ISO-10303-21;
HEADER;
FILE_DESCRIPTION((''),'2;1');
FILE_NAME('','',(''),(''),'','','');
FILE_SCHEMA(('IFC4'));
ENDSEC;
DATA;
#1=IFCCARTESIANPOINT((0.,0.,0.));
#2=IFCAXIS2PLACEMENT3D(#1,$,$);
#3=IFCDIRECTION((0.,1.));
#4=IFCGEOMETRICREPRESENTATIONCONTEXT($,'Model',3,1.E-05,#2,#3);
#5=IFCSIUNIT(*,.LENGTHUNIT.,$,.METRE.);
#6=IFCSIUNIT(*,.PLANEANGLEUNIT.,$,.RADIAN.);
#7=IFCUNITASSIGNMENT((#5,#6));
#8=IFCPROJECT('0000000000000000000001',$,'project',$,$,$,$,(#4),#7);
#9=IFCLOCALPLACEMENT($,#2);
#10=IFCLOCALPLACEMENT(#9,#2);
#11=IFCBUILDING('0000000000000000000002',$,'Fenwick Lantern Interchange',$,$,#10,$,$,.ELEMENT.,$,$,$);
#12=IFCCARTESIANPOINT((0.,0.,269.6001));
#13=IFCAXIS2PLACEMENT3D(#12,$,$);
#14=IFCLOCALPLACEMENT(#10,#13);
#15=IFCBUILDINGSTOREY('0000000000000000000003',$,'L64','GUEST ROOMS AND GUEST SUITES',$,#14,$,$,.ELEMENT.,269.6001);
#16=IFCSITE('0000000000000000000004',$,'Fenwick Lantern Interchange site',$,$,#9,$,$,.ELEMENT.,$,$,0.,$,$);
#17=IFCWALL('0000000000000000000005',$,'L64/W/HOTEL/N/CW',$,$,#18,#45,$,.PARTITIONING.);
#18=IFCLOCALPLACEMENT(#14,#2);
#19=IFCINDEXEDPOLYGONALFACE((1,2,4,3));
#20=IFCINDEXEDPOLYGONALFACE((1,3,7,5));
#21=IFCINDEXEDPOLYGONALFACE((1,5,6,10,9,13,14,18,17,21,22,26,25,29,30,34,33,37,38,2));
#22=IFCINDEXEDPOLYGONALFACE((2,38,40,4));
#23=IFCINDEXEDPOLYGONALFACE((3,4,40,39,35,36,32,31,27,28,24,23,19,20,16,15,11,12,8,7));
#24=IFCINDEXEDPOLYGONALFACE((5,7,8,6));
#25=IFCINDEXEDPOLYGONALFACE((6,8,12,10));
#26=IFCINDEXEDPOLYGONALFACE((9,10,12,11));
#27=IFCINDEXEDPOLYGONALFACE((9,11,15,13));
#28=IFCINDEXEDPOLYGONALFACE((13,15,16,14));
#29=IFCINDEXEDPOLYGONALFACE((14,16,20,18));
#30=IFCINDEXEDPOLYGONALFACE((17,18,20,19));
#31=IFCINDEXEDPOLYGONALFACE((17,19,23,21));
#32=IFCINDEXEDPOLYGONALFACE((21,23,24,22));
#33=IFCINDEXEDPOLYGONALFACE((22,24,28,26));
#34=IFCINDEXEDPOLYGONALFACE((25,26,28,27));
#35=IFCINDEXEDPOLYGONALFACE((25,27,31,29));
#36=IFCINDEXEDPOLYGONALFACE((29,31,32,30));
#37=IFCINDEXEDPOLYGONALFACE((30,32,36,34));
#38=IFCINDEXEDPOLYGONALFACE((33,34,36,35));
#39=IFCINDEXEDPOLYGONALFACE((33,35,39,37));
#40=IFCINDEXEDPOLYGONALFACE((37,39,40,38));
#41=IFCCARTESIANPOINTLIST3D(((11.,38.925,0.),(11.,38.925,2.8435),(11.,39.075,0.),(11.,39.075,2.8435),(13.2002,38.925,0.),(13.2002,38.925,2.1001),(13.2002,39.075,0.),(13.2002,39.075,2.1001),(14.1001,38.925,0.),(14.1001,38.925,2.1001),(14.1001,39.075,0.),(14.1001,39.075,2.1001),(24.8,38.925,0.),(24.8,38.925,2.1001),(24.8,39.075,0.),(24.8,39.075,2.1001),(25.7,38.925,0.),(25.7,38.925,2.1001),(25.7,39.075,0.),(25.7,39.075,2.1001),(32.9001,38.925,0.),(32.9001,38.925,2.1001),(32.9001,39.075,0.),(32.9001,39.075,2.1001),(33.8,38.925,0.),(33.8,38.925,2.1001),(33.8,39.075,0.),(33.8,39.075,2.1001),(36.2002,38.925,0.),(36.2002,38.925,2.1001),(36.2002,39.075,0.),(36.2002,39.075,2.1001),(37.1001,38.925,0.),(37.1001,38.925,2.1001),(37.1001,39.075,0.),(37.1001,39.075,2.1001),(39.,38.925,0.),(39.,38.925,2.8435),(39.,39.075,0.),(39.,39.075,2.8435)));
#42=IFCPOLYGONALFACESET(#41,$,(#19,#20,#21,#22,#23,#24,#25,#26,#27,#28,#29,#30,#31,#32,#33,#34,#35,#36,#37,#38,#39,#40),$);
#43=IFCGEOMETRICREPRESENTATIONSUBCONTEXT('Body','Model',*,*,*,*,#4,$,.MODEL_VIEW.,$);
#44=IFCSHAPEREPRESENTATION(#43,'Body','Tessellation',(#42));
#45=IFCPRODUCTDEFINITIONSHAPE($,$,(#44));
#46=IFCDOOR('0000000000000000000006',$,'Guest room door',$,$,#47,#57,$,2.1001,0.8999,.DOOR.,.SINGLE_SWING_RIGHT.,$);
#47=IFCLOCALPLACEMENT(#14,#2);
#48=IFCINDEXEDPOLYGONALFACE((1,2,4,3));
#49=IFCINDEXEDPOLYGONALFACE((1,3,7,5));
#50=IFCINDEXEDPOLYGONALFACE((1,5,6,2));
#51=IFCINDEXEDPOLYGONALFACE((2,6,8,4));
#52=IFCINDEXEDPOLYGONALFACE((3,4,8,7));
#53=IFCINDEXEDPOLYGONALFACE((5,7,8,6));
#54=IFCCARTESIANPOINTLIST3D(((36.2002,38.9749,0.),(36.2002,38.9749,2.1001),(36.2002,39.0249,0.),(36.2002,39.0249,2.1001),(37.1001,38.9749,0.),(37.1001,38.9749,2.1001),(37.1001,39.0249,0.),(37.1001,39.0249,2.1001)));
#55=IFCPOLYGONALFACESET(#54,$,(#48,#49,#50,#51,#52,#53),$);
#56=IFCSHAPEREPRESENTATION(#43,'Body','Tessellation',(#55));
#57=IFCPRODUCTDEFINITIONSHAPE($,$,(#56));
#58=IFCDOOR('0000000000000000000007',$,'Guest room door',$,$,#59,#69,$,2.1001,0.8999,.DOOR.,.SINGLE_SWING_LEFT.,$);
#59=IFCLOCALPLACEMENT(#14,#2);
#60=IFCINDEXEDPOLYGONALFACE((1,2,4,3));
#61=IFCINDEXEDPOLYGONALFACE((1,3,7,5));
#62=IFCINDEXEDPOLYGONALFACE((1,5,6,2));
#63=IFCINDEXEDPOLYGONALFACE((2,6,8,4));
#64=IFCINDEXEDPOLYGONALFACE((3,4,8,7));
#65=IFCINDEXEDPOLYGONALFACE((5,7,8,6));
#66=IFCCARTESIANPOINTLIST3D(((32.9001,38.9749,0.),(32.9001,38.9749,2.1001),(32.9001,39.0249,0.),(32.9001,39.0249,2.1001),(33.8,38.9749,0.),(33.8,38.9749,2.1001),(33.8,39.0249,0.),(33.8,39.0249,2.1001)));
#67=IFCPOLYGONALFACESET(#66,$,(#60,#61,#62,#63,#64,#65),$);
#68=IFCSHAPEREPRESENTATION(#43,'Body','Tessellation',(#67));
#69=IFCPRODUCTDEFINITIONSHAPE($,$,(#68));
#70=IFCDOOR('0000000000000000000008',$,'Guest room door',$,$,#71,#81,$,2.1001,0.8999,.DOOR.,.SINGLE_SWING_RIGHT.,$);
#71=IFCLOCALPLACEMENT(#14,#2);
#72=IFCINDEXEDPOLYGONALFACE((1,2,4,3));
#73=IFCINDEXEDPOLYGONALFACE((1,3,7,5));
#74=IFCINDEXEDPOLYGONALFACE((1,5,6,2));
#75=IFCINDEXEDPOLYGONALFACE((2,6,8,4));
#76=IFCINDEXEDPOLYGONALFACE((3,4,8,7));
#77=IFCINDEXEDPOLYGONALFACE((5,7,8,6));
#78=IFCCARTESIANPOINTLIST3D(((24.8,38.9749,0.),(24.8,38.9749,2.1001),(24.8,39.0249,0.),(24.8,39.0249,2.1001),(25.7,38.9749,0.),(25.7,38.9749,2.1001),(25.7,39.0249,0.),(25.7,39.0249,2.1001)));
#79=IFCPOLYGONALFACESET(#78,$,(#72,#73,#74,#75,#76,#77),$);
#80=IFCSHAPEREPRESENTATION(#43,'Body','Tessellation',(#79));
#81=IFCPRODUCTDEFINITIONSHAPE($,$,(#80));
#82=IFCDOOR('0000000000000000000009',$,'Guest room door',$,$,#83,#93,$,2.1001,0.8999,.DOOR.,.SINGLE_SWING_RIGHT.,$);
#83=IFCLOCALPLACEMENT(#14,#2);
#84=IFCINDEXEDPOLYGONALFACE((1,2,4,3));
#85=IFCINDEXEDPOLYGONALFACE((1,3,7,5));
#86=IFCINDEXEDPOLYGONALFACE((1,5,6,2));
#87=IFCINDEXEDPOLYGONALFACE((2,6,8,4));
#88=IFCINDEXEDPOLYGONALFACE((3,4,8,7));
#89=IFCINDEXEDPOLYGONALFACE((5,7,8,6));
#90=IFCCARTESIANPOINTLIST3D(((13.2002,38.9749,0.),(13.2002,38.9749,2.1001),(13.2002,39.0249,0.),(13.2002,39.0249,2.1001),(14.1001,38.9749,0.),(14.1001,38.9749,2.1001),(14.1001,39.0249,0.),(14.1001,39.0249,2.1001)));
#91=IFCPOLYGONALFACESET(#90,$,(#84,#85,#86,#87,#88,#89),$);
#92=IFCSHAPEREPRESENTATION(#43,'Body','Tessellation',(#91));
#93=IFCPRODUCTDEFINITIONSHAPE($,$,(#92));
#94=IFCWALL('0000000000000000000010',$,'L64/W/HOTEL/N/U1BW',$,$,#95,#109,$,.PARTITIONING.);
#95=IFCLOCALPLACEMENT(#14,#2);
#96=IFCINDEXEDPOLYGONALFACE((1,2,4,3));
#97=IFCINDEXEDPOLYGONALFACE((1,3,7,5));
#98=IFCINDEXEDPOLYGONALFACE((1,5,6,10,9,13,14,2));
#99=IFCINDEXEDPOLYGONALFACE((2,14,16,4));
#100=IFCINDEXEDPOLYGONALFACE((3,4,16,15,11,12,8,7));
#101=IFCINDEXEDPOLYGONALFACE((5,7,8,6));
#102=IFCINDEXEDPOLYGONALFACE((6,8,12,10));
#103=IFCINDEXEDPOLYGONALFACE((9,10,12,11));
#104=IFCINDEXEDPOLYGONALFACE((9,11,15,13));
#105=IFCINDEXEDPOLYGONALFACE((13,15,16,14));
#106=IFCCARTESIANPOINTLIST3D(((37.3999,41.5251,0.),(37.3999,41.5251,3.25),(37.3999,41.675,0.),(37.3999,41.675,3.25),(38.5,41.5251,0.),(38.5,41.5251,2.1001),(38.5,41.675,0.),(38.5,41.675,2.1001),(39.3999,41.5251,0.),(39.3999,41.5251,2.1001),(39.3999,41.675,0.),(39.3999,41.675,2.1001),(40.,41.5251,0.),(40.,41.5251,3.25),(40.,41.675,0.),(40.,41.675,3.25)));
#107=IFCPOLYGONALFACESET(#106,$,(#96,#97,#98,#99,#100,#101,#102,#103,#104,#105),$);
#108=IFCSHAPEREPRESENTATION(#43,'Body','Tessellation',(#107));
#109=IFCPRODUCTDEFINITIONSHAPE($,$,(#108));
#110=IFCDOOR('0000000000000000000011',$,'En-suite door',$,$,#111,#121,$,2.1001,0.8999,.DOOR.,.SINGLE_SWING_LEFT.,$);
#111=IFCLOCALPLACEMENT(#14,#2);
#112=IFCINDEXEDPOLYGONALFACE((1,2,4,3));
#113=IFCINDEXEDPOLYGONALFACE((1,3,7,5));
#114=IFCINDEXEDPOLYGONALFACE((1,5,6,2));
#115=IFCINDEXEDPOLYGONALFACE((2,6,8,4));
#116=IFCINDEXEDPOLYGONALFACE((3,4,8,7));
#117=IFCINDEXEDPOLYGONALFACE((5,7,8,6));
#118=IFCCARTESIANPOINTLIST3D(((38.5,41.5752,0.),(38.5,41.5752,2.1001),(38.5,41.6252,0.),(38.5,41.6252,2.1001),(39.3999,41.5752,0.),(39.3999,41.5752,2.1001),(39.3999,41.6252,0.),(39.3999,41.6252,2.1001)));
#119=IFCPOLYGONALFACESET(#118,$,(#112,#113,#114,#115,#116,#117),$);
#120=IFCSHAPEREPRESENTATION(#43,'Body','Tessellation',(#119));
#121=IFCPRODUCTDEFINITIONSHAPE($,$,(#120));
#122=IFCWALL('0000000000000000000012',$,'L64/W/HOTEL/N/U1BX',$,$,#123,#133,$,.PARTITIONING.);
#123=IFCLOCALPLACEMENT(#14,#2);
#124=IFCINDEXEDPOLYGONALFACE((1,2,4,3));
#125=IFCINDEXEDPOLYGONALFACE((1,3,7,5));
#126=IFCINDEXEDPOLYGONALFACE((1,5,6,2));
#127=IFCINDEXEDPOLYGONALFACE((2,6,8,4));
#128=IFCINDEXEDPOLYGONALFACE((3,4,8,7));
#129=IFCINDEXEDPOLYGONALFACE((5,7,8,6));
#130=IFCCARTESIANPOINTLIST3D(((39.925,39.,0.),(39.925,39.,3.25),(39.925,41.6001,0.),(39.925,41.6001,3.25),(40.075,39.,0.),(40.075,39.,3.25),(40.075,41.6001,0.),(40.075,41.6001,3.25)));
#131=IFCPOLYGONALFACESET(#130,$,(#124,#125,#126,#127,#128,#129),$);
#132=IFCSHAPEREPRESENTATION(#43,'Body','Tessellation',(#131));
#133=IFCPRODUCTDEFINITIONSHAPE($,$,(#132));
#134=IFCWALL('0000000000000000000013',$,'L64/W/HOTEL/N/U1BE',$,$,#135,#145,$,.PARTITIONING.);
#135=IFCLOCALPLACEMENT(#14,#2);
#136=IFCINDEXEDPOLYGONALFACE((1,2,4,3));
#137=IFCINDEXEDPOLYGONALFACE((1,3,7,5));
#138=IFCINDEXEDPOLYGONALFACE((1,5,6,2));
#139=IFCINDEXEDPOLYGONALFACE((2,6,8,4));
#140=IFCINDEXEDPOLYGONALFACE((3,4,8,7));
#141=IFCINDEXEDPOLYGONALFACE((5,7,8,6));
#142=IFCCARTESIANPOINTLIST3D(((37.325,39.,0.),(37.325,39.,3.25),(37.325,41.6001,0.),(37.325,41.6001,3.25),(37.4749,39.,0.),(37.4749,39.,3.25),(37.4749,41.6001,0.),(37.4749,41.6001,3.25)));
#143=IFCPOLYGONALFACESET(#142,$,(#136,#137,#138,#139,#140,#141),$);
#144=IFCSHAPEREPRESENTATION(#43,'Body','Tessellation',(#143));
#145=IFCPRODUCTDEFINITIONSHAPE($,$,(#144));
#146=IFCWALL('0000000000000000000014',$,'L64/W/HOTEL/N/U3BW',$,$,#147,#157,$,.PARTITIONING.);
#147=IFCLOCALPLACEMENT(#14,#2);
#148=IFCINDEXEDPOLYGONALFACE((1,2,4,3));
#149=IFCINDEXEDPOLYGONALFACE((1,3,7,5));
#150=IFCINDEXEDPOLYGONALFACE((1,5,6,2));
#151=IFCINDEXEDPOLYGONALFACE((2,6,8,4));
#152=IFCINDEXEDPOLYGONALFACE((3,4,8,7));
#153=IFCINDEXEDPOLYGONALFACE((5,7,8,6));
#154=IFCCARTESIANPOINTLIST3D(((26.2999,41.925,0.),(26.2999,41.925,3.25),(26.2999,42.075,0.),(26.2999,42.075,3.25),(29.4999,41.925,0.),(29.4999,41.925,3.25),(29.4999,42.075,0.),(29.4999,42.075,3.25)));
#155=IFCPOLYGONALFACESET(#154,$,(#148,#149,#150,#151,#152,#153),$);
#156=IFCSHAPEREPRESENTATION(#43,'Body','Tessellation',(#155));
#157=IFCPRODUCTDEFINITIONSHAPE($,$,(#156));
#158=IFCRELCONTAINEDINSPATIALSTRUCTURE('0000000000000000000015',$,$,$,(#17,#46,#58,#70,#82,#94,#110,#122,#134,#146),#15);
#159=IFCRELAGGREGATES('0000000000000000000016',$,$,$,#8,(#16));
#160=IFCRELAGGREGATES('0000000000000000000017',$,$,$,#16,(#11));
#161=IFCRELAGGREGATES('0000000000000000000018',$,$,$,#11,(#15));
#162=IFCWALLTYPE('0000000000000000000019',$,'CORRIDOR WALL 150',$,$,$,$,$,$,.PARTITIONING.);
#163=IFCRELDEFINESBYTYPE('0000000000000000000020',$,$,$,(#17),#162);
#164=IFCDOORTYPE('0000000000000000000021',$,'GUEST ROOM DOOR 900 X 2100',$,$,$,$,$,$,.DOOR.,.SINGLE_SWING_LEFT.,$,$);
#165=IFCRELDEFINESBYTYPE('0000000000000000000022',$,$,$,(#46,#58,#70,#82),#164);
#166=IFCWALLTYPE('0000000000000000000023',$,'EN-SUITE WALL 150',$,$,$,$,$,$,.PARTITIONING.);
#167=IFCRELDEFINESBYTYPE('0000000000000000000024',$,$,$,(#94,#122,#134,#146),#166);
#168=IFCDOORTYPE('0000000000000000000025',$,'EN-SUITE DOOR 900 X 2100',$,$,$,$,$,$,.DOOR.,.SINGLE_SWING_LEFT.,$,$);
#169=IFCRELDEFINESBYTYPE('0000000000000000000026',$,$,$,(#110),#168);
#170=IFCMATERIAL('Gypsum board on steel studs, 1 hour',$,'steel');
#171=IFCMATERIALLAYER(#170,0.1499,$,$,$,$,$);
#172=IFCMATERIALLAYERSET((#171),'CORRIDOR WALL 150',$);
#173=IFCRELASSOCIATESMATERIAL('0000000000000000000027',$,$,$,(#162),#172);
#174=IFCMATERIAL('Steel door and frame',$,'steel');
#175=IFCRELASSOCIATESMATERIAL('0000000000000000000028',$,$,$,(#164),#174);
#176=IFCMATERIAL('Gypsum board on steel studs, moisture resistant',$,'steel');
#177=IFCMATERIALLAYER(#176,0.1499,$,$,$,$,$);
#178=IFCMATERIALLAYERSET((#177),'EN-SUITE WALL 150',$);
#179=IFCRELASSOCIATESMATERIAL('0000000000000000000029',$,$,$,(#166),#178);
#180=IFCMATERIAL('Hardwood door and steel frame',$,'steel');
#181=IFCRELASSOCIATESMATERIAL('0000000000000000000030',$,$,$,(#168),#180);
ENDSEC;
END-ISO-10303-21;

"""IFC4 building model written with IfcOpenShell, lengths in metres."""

from ifc_helpers import new_model, si_unit, direction, frame, frame_2d, origin, place, context, subcontext, project, spatial, rectangle, extrude, material, layer, layer_set, type_object, element, fill, save


model = new_model("IFC4")

# Units and contexts
model_context = context("Model", 3, precision=1e-05, world=origin(), true_north=direction((0.0, 1.0)))
body_context = subcontext(model_context, "Body", "Model", "MODEL_VIEW")
ifc_project = project(units=[si_unit("LENGTHUNIT", "METRE"), si_unit("PLANEANGLEUNIT", "RADIAN")], contexts=[model_context])

# Site, building, storey
site_placement = place(None, origin())
site = spatial("IfcSite", under=ifc_project, at=site_placement, Name="Fenwick Lantern Interchange site", CompositionType="ELEMENT", RefElevation=0.0)
building_placement = place(site_placement, origin())
building = spatial("IfcBuilding", under=site, at=building_placement, Name="Fenwick Lantern Interchange", CompositionType="ELEMENT")
storey_placement = place(building_placement, frame((0.0, 0.0, 269.6001)))
storey = spatial("IfcBuildingStorey", under=building, at=storey_placement, Name="L64", Description="GUEST ROOMS AND GUEST SUITES", CompositionType="ELEMENT", Elevation=269.6001)

# Wall, openings, doors
ifc_material_1 = material(Name="Steel door and frame", Category="steel")
ifc_material_2 = material(Name="Hardwood door and steel frame", Category="steel")
ifc_material_3 = material(Name="Gypsum board on steel studs, 1 hour", Category="steel")
ifc_layer_1 = layer(ifc_material_3, 0.1499)
ifc_layer_set_1 = layer_set([ifc_layer_1], Name="CORRIDOR WALL 150")
wall_type_1 = type_object("IfcWallType", Name="CORRIDOR WALL 150", PredefinedType="PARTITIONING", material=ifc_layer_set_1)
wall_1_placement = place(storey_placement, frame((39.0, 39.0, 0.0), z_axis=(0.0, 0.0, 1.0), x_axis=(-1.0, 0.0, 0.0)))
wall_1 = element("IfcWall", 1, at=wall_1_placement, inside=storey, type_object=wall_type_1, Name="L64/W/HOTEL/N/CW", PredefinedType="PARTITIONING", context=body_context, shape_type="SweptSolid", body=[
    extrude(rectangle(XDim=28.0, YDim=0.1499, at=frame_2d((14.0, 0.0))), origin(), (0.0, 0.0, 1.0), 2.8435),
])
opening_1_placement = place(wall_1_placement, frame((1.8999, 0.0, 0.0)))
opening_1 = element("IfcOpeningElement", 2, at=opening_1_placement, cuts=wall_1, PredefinedType="OPENING", context=body_context, shape_type="SweptSolid", body=[
    extrude(rectangle(XDim=0.8999, YDim=2.1001, at=frame_2d((0.45, 1.05))), frame((0.0, 0.085, 0.0), z_axis=(0.0, -1.0, 0.0), x_axis=(1.0, 0.0, 0.0)), (0.0, 0.0, 1.0), 0.1699),
])
opening_2_placement = place(wall_1_placement, frame((5.2, 0.0, 0.0)))
opening_2 = element("IfcOpeningElement", 3, at=opening_2_placement, cuts=wall_1, PredefinedType="OPENING", context=body_context, shape_type="SweptSolid", body=[
    extrude(rectangle(XDim=0.8999, YDim=2.1001, at=frame_2d((0.45, 1.05))), frame((0.0, 0.085, 0.0), z_axis=(0.0, -1.0, 0.0), x_axis=(1.0, 0.0, 0.0)), (0.0, 0.0, 1.0), 0.1699),
])
opening_3_placement = place(wall_1_placement, frame((13.3, 0.0, 0.0)))
opening_3 = element("IfcOpeningElement", 4, at=opening_3_placement, cuts=wall_1, PredefinedType="OPENING", context=body_context, shape_type="SweptSolid", body=[
    extrude(rectangle(XDim=0.8999, YDim=2.1001, at=frame_2d((0.45, 1.05))), frame((0.0, 0.085, 0.0), z_axis=(0.0, -1.0, 0.0), x_axis=(1.0, 0.0, 0.0)), (0.0, 0.0, 1.0), 0.1699),
])
opening_4_placement = place(wall_1_placement, frame((24.8999, 0.0, 0.0)))
opening_4 = element("IfcOpeningElement", 5, at=opening_4_placement, cuts=wall_1, PredefinedType="OPENING", context=body_context, shape_type="SweptSolid", body=[
    extrude(rectangle(XDim=0.8999, YDim=2.1001, at=frame_2d((0.45, 1.05))), frame((0.0, 0.085, 0.0), z_axis=(0.0, -1.0, 0.0), x_axis=(1.0, 0.0, 0.0)), (0.0, 0.0, 1.0), 0.1699),
])
door_type_1 = type_object("IfcDoorType", Name="GUEST ROOM DOOR 900 X 2100", OperationType="SINGLE_SWING_LEFT", PredefinedType="DOOR", material=ifc_material_1)
door_1_placement = place(opening_1_placement, frame((0.8999, 0.0, 0.0), z_axis=(0.0, 0.0, 1.0), x_axis=(-1.0, 0.0, 0.0)))
door_1 = element("IfcDoor", 6, at=door_1_placement, inside=storey, type_object=door_type_1, Name="Guest room door", OperationType="SINGLE_SWING_RIGHT", OverallHeight=2.1001, OverallWidth=0.8999, PredefinedType="DOOR", context=body_context, shape_type="SweptSolid", body=[
    extrude(rectangle(XDim=0.8999, YDim=2.1001, at=frame_2d((0.45, 1.05))), frame((0.0, 0.0249, 0.0), z_axis=(0.0, -1.0, 0.0), x_axis=(1.0, 0.0, 0.0)), (0.0, 0.0, 1.0), 0.05),
])
fill(opening_1, door_1)
door_2_placement = place(opening_2_placement, frame((0.8999, 0.0, 0.0), z_axis=(0.0, 0.0, 1.0), x_axis=(-1.0, 0.0, 0.0)))
door_2 = element("IfcDoor", 7, at=door_2_placement, inside=storey, type_object=door_type_1, Name="Guest room door", OperationType="SINGLE_SWING_LEFT", OverallHeight=2.1001, OverallWidth=0.8999, PredefinedType="DOOR", context=body_context, shape_type="SweptSolid", body=[
    extrude(rectangle(XDim=0.8999, YDim=2.1001, at=frame_2d((0.45, 1.05))), frame((0.0, 0.0249, 0.0), z_axis=(0.0, -1.0, 0.0), x_axis=(1.0, 0.0, 0.0)), (0.0, 0.0, 1.0), 0.05),
])
fill(opening_2, door_2)
door_3_placement = place(opening_3_placement, frame((0.8999, 0.0, 0.0), z_axis=(0.0, 0.0, 1.0), x_axis=(-1.0, 0.0, 0.0)))
door_3 = element("IfcDoor", 8, at=door_3_placement, inside=storey, type_object=door_type_1, Name="Guest room door", OperationType="SINGLE_SWING_RIGHT", OverallHeight=2.1001, OverallWidth=0.8999, PredefinedType="DOOR", context=body_context, shape_type="SweptSolid", body=[
    extrude(rectangle(XDim=0.8999, YDim=2.1001, at=frame_2d((0.45, 1.05))), frame((0.0, 0.0249, 0.0), z_axis=(0.0, -1.0, 0.0), x_axis=(1.0, 0.0, 0.0)), (0.0, 0.0, 1.0), 0.05),
])
fill(opening_3, door_3)
door_4_placement = place(opening_4_placement, frame((0.8999, 0.0, 0.0), z_axis=(0.0, 0.0, 1.0), x_axis=(-1.0, 0.0, 0.0)))
door_4 = element("IfcDoor", 9, at=door_4_placement, inside=storey, type_object=door_type_1, Name="Guest room door", OperationType="SINGLE_SWING_RIGHT", OverallHeight=2.1001, OverallWidth=0.8999, PredefinedType="DOOR", context=body_context, shape_type="SweptSolid", body=[
    extrude(rectangle(XDim=0.8999, YDim=2.1001, at=frame_2d((0.45, 1.05))), frame((0.0, 0.0249, 0.0), z_axis=(0.0, -1.0, 0.0), x_axis=(1.0, 0.0, 0.0)), (0.0, 0.0, 1.0), 0.05),
])
fill(opening_4, door_4)

# Wall, opening, door
ifc_material_4 = material(Name="Gypsum board on steel studs, moisture resistant", Category="steel")
ifc_layer_2 = layer(ifc_material_4, 0.1499)
ifc_layer_set_2 = layer_set([ifc_layer_2], Name="EN-SUITE WALL 150")
wall_type_2 = type_object("IfcWallType", Name="EN-SUITE WALL 150", PredefinedType="PARTITIONING", material=ifc_layer_set_2)
wall_2_placement = place(storey_placement, frame((40.0, 41.6001, 0.0), z_axis=(0.0, 0.0, 1.0), x_axis=(-1.0, 0.0, 0.0)))
wall_2 = element("IfcWall", 10, at=wall_2_placement, inside=storey, type_object=wall_type_2, Name="L64/W/HOTEL/N/U1BW", PredefinedType="PARTITIONING", context=body_context, shape_type="SweptSolid", body=[
    extrude(rectangle(XDim=2.6001, YDim=0.1499, at=frame_2d((1.3, 0.0))), origin(), (0.0, 0.0, 1.0), 3.25),
])
opening_5_placement = place(wall_2_placement, frame((0.6001, 0.0, 0.0)))
opening_5 = element("IfcOpeningElement", 11, at=opening_5_placement, cuts=wall_2, PredefinedType="OPENING", context=body_context, shape_type="SweptSolid", body=[
    extrude(rectangle(XDim=0.8999, YDim=2.1001, at=frame_2d((0.45, 1.05))), frame((0.0, 0.085, 0.0), z_axis=(0.0, -1.0, 0.0), x_axis=(1.0, 0.0, 0.0)), (0.0, 0.0, 1.0), 0.1699),
])
door_type_2 = type_object("IfcDoorType", Name="EN-SUITE DOOR 900 X 2100", OperationType="SINGLE_SWING_LEFT", PredefinedType="DOOR", material=ifc_material_2)
door_5_placement = place(opening_5_placement, origin())
door_5 = element("IfcDoor", 12, at=door_5_placement, inside=storey, type_object=door_type_2, Name="En-suite door", OperationType="SINGLE_SWING_LEFT", OverallHeight=2.1001, OverallWidth=0.8999, PredefinedType="DOOR", context=body_context, shape_type="SweptSolid", body=[
    extrude(rectangle(XDim=0.8999, YDim=2.1001, at=frame_2d((0.45, 1.05))), frame((0.0, 0.0249, 0.0), z_axis=(0.0, -1.0, 0.0), x_axis=(1.0, 0.0, 0.0)), (0.0, 0.0, 1.0), 0.05),
])
fill(opening_5, door_5)

# Walls
for number, where, z_axis, x_axis, name in (
    (13, (40.0, 41.6001, 0.0), (0.0, 0.0, 1.0), (0.0, -1.0, 0.0), "L64/W/HOTEL/N/U1BX"),
    (14, (37.3999, 41.6001, 0.0), (0.0, 0.0, 1.0), (0.0, -1.0, 0.0), "L64/W/HOTEL/N/U1BE"),
):
    element("IfcWall", number, at=place(storey_placement, frame(where, z_axis=z_axis, x_axis=x_axis)), inside=storey, type_object=wall_type_2, Name=name, PredefinedType="PARTITIONING", context=body_context, shape_type="SweptSolid", body=[
        extrude(rectangle(XDim=2.6001, YDim=0.1499, at=frame_2d((1.3, 0.0))), origin(), (0.0, 0.0, 1.0), 3.25),
    ])
wall_3_placement = place(storey_placement, frame((29.5, 42.0, 0.0), z_axis=(0.0, 0.0, 1.0), x_axis=(-1.0, 0.0, 0.0)))
element("IfcWall", 15, at=wall_3_placement, inside=storey, type_object=wall_type_2, Name="L64/W/HOTEL/N/U3BW", PredefinedType="PARTITIONING", context=body_context, shape_type="SweptSolid", body=[
    extrude(rectangle(XDim=3.2, YDim=0.1499, at=frame_2d((1.6001, 0.0))), origin(), (0.0, 0.0, 1.0), 3.25),
])

save(model, "model.ifc")
